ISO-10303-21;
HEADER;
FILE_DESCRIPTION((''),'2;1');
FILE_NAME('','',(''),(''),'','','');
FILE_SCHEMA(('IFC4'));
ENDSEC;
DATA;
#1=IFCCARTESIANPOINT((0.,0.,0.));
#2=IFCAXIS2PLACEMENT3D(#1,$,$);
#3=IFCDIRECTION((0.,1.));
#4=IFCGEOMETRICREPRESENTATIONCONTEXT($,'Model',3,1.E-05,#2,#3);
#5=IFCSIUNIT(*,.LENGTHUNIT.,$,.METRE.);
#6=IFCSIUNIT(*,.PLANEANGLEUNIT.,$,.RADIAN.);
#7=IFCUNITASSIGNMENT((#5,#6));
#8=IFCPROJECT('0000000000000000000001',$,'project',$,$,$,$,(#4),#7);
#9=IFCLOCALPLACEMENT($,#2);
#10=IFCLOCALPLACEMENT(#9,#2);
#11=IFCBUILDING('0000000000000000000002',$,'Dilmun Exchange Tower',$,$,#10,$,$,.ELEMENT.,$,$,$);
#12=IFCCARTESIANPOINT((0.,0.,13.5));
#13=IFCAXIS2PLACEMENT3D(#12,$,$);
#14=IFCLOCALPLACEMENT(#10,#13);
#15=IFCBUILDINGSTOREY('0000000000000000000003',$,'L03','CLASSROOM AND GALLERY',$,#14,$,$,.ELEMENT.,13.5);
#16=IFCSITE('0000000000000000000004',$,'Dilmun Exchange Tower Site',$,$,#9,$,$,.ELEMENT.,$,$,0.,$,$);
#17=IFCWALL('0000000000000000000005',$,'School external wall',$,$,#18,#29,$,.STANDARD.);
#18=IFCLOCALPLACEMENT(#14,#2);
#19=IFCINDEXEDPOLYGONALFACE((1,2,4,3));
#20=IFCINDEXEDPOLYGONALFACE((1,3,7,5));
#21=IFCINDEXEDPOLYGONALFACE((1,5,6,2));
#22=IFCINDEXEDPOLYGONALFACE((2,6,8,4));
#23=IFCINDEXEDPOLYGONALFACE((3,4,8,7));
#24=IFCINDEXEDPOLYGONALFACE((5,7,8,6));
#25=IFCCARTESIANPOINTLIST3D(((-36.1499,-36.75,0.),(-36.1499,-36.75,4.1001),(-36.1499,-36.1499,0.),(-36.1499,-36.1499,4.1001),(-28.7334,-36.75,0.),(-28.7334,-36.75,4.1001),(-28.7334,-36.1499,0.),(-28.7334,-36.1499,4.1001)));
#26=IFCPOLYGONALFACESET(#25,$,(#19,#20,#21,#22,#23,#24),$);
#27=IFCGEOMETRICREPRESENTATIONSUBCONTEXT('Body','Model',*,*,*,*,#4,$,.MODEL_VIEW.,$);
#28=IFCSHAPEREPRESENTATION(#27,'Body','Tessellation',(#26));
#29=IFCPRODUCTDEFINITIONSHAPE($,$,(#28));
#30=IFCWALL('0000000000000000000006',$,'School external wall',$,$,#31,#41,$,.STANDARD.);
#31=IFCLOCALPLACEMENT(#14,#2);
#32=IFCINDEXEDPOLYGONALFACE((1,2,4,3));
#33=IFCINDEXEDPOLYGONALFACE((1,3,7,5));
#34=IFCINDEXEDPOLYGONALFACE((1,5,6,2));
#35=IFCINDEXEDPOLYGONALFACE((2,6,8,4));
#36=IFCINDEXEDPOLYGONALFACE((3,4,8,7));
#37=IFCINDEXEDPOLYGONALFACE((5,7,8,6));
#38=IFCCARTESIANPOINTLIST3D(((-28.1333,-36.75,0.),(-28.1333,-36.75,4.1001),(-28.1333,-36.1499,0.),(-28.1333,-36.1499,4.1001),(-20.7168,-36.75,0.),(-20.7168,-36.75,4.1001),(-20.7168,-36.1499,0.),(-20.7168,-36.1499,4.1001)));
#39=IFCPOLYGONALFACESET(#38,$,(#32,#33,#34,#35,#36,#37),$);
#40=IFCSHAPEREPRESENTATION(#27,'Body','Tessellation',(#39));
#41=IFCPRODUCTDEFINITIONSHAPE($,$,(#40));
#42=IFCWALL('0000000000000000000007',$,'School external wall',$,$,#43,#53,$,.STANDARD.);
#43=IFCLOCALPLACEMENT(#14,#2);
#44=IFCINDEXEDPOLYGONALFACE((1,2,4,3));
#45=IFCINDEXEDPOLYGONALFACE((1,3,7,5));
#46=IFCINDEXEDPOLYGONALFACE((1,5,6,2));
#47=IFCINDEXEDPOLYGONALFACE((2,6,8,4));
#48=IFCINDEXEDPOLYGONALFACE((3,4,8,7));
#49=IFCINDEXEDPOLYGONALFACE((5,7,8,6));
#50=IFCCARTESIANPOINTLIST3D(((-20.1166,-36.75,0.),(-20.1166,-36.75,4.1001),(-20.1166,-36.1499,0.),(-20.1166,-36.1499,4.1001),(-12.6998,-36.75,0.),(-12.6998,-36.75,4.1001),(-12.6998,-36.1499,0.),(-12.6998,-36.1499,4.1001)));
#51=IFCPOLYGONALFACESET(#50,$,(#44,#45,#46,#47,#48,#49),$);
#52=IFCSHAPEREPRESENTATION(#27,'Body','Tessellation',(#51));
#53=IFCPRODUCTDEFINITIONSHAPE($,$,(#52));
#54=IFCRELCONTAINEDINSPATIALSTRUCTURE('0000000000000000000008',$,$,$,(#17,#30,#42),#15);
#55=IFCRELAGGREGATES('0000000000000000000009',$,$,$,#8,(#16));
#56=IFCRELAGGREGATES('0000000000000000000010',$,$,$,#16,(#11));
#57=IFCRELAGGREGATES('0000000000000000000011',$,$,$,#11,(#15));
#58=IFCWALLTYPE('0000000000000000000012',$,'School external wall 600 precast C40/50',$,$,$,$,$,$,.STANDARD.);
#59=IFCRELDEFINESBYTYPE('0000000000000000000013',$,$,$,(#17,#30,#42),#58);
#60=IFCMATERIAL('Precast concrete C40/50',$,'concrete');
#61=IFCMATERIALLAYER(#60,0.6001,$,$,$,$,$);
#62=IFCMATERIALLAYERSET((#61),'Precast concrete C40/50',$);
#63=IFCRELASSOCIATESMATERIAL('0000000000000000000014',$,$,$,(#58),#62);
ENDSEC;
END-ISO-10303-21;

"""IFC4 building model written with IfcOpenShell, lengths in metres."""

from ifc_helpers import new_model, si_unit, direction, frame, frame_2d, origin, place, context, subcontext, project, spatial, rectangle, extrude, material, layer, layer_set, type_object, element, save


model = new_model("IFC4")

# Units and contexts
model_context = context("Model", 3, precision=1e-05, world=origin(), true_north=direction((0.0, 1.0)))
body_context = subcontext(model_context, "Body", "Model", "MODEL_VIEW")
ifc_project = project(units=[si_unit("LENGTHUNIT", "METRE"), si_unit("PLANEANGLEUNIT", "RADIAN")], contexts=[model_context])

# Site, building, storey
site_placement = place(None, origin())
site = spatial("IfcSite", under=ifc_project, at=site_placement, Name="Dilmun Exchange Tower Site", CompositionType="ELEMENT", RefElevation=0.0)
building_placement = place(site_placement, origin())
building = spatial("IfcBuilding", under=site, at=building_placement, Name="Dilmun Exchange Tower", CompositionType="ELEMENT")
storey_placement = place(building_placement, frame((0.0, 0.0, 13.5)))
storey = spatial("IfcBuildingStorey", under=building, at=storey_placement, Name="L03", Description="CLASSROOM AND GALLERY", CompositionType="ELEMENT", Elevation=13.5)

# Walls
ifc_material_1 = material(Name="Precast concrete C40/50", Category="concrete")
ifc_layer_1 = layer(ifc_material_1, 0.6001)
ifc_layer_set_1 = layer_set([ifc_layer_1], Name="Precast concrete C40/50")
wall_type_1 = type_object("IfcWallType", Name="School external wall 600 precast C40/50", PredefinedType="STANDARD", material=ifc_layer_set_1)
for number, where, z_axis, x_axis, name in (
    (1, (-36.1499, -36.45, 0.0), (0.0, 0.0, 1.0), (1.0, 0.0, 0.0), "School external wall"),
    (2, (-28.1333, -36.45, 0.0), (0.0, 0.0, 1.0), (1.0, 0.0, 0.0), "School external wall"),
):
    element("IfcWall", number, at=place(storey_placement, frame(where, z_axis=z_axis, x_axis=x_axis)), inside=storey, type_object=wall_type_1, Name=name, PredefinedType="STANDARD", context=body_context, shape_type="SweptSolid", body=[
        extrude(rectangle(XDim=7.4165, YDim=0.6001, at=frame_2d((3.7083, 0.0))), origin(), (0.0, 0.0, 1.0), 4.1001),
    ])
wall_1_placement = place(storey_placement, frame((-20.1167, -36.45, 0.0), z_axis=(0.0, 0.0, 1.0), x_axis=(1.0, 0.0, 0.0)))
element("IfcWall", 3, at=wall_1_placement, inside=storey, type_object=wall_type_1, Name="School external wall", PredefinedType="STANDARD", context=body_context, shape_type="SweptSolid", body=[
    extrude(rectangle(XDim=7.4167, YDim=0.6001, at=frame_2d((3.7085, 0.0))), origin(), (0.0, 0.0, 1.0), 4.1001),
])

save(model, "model.ifc")
